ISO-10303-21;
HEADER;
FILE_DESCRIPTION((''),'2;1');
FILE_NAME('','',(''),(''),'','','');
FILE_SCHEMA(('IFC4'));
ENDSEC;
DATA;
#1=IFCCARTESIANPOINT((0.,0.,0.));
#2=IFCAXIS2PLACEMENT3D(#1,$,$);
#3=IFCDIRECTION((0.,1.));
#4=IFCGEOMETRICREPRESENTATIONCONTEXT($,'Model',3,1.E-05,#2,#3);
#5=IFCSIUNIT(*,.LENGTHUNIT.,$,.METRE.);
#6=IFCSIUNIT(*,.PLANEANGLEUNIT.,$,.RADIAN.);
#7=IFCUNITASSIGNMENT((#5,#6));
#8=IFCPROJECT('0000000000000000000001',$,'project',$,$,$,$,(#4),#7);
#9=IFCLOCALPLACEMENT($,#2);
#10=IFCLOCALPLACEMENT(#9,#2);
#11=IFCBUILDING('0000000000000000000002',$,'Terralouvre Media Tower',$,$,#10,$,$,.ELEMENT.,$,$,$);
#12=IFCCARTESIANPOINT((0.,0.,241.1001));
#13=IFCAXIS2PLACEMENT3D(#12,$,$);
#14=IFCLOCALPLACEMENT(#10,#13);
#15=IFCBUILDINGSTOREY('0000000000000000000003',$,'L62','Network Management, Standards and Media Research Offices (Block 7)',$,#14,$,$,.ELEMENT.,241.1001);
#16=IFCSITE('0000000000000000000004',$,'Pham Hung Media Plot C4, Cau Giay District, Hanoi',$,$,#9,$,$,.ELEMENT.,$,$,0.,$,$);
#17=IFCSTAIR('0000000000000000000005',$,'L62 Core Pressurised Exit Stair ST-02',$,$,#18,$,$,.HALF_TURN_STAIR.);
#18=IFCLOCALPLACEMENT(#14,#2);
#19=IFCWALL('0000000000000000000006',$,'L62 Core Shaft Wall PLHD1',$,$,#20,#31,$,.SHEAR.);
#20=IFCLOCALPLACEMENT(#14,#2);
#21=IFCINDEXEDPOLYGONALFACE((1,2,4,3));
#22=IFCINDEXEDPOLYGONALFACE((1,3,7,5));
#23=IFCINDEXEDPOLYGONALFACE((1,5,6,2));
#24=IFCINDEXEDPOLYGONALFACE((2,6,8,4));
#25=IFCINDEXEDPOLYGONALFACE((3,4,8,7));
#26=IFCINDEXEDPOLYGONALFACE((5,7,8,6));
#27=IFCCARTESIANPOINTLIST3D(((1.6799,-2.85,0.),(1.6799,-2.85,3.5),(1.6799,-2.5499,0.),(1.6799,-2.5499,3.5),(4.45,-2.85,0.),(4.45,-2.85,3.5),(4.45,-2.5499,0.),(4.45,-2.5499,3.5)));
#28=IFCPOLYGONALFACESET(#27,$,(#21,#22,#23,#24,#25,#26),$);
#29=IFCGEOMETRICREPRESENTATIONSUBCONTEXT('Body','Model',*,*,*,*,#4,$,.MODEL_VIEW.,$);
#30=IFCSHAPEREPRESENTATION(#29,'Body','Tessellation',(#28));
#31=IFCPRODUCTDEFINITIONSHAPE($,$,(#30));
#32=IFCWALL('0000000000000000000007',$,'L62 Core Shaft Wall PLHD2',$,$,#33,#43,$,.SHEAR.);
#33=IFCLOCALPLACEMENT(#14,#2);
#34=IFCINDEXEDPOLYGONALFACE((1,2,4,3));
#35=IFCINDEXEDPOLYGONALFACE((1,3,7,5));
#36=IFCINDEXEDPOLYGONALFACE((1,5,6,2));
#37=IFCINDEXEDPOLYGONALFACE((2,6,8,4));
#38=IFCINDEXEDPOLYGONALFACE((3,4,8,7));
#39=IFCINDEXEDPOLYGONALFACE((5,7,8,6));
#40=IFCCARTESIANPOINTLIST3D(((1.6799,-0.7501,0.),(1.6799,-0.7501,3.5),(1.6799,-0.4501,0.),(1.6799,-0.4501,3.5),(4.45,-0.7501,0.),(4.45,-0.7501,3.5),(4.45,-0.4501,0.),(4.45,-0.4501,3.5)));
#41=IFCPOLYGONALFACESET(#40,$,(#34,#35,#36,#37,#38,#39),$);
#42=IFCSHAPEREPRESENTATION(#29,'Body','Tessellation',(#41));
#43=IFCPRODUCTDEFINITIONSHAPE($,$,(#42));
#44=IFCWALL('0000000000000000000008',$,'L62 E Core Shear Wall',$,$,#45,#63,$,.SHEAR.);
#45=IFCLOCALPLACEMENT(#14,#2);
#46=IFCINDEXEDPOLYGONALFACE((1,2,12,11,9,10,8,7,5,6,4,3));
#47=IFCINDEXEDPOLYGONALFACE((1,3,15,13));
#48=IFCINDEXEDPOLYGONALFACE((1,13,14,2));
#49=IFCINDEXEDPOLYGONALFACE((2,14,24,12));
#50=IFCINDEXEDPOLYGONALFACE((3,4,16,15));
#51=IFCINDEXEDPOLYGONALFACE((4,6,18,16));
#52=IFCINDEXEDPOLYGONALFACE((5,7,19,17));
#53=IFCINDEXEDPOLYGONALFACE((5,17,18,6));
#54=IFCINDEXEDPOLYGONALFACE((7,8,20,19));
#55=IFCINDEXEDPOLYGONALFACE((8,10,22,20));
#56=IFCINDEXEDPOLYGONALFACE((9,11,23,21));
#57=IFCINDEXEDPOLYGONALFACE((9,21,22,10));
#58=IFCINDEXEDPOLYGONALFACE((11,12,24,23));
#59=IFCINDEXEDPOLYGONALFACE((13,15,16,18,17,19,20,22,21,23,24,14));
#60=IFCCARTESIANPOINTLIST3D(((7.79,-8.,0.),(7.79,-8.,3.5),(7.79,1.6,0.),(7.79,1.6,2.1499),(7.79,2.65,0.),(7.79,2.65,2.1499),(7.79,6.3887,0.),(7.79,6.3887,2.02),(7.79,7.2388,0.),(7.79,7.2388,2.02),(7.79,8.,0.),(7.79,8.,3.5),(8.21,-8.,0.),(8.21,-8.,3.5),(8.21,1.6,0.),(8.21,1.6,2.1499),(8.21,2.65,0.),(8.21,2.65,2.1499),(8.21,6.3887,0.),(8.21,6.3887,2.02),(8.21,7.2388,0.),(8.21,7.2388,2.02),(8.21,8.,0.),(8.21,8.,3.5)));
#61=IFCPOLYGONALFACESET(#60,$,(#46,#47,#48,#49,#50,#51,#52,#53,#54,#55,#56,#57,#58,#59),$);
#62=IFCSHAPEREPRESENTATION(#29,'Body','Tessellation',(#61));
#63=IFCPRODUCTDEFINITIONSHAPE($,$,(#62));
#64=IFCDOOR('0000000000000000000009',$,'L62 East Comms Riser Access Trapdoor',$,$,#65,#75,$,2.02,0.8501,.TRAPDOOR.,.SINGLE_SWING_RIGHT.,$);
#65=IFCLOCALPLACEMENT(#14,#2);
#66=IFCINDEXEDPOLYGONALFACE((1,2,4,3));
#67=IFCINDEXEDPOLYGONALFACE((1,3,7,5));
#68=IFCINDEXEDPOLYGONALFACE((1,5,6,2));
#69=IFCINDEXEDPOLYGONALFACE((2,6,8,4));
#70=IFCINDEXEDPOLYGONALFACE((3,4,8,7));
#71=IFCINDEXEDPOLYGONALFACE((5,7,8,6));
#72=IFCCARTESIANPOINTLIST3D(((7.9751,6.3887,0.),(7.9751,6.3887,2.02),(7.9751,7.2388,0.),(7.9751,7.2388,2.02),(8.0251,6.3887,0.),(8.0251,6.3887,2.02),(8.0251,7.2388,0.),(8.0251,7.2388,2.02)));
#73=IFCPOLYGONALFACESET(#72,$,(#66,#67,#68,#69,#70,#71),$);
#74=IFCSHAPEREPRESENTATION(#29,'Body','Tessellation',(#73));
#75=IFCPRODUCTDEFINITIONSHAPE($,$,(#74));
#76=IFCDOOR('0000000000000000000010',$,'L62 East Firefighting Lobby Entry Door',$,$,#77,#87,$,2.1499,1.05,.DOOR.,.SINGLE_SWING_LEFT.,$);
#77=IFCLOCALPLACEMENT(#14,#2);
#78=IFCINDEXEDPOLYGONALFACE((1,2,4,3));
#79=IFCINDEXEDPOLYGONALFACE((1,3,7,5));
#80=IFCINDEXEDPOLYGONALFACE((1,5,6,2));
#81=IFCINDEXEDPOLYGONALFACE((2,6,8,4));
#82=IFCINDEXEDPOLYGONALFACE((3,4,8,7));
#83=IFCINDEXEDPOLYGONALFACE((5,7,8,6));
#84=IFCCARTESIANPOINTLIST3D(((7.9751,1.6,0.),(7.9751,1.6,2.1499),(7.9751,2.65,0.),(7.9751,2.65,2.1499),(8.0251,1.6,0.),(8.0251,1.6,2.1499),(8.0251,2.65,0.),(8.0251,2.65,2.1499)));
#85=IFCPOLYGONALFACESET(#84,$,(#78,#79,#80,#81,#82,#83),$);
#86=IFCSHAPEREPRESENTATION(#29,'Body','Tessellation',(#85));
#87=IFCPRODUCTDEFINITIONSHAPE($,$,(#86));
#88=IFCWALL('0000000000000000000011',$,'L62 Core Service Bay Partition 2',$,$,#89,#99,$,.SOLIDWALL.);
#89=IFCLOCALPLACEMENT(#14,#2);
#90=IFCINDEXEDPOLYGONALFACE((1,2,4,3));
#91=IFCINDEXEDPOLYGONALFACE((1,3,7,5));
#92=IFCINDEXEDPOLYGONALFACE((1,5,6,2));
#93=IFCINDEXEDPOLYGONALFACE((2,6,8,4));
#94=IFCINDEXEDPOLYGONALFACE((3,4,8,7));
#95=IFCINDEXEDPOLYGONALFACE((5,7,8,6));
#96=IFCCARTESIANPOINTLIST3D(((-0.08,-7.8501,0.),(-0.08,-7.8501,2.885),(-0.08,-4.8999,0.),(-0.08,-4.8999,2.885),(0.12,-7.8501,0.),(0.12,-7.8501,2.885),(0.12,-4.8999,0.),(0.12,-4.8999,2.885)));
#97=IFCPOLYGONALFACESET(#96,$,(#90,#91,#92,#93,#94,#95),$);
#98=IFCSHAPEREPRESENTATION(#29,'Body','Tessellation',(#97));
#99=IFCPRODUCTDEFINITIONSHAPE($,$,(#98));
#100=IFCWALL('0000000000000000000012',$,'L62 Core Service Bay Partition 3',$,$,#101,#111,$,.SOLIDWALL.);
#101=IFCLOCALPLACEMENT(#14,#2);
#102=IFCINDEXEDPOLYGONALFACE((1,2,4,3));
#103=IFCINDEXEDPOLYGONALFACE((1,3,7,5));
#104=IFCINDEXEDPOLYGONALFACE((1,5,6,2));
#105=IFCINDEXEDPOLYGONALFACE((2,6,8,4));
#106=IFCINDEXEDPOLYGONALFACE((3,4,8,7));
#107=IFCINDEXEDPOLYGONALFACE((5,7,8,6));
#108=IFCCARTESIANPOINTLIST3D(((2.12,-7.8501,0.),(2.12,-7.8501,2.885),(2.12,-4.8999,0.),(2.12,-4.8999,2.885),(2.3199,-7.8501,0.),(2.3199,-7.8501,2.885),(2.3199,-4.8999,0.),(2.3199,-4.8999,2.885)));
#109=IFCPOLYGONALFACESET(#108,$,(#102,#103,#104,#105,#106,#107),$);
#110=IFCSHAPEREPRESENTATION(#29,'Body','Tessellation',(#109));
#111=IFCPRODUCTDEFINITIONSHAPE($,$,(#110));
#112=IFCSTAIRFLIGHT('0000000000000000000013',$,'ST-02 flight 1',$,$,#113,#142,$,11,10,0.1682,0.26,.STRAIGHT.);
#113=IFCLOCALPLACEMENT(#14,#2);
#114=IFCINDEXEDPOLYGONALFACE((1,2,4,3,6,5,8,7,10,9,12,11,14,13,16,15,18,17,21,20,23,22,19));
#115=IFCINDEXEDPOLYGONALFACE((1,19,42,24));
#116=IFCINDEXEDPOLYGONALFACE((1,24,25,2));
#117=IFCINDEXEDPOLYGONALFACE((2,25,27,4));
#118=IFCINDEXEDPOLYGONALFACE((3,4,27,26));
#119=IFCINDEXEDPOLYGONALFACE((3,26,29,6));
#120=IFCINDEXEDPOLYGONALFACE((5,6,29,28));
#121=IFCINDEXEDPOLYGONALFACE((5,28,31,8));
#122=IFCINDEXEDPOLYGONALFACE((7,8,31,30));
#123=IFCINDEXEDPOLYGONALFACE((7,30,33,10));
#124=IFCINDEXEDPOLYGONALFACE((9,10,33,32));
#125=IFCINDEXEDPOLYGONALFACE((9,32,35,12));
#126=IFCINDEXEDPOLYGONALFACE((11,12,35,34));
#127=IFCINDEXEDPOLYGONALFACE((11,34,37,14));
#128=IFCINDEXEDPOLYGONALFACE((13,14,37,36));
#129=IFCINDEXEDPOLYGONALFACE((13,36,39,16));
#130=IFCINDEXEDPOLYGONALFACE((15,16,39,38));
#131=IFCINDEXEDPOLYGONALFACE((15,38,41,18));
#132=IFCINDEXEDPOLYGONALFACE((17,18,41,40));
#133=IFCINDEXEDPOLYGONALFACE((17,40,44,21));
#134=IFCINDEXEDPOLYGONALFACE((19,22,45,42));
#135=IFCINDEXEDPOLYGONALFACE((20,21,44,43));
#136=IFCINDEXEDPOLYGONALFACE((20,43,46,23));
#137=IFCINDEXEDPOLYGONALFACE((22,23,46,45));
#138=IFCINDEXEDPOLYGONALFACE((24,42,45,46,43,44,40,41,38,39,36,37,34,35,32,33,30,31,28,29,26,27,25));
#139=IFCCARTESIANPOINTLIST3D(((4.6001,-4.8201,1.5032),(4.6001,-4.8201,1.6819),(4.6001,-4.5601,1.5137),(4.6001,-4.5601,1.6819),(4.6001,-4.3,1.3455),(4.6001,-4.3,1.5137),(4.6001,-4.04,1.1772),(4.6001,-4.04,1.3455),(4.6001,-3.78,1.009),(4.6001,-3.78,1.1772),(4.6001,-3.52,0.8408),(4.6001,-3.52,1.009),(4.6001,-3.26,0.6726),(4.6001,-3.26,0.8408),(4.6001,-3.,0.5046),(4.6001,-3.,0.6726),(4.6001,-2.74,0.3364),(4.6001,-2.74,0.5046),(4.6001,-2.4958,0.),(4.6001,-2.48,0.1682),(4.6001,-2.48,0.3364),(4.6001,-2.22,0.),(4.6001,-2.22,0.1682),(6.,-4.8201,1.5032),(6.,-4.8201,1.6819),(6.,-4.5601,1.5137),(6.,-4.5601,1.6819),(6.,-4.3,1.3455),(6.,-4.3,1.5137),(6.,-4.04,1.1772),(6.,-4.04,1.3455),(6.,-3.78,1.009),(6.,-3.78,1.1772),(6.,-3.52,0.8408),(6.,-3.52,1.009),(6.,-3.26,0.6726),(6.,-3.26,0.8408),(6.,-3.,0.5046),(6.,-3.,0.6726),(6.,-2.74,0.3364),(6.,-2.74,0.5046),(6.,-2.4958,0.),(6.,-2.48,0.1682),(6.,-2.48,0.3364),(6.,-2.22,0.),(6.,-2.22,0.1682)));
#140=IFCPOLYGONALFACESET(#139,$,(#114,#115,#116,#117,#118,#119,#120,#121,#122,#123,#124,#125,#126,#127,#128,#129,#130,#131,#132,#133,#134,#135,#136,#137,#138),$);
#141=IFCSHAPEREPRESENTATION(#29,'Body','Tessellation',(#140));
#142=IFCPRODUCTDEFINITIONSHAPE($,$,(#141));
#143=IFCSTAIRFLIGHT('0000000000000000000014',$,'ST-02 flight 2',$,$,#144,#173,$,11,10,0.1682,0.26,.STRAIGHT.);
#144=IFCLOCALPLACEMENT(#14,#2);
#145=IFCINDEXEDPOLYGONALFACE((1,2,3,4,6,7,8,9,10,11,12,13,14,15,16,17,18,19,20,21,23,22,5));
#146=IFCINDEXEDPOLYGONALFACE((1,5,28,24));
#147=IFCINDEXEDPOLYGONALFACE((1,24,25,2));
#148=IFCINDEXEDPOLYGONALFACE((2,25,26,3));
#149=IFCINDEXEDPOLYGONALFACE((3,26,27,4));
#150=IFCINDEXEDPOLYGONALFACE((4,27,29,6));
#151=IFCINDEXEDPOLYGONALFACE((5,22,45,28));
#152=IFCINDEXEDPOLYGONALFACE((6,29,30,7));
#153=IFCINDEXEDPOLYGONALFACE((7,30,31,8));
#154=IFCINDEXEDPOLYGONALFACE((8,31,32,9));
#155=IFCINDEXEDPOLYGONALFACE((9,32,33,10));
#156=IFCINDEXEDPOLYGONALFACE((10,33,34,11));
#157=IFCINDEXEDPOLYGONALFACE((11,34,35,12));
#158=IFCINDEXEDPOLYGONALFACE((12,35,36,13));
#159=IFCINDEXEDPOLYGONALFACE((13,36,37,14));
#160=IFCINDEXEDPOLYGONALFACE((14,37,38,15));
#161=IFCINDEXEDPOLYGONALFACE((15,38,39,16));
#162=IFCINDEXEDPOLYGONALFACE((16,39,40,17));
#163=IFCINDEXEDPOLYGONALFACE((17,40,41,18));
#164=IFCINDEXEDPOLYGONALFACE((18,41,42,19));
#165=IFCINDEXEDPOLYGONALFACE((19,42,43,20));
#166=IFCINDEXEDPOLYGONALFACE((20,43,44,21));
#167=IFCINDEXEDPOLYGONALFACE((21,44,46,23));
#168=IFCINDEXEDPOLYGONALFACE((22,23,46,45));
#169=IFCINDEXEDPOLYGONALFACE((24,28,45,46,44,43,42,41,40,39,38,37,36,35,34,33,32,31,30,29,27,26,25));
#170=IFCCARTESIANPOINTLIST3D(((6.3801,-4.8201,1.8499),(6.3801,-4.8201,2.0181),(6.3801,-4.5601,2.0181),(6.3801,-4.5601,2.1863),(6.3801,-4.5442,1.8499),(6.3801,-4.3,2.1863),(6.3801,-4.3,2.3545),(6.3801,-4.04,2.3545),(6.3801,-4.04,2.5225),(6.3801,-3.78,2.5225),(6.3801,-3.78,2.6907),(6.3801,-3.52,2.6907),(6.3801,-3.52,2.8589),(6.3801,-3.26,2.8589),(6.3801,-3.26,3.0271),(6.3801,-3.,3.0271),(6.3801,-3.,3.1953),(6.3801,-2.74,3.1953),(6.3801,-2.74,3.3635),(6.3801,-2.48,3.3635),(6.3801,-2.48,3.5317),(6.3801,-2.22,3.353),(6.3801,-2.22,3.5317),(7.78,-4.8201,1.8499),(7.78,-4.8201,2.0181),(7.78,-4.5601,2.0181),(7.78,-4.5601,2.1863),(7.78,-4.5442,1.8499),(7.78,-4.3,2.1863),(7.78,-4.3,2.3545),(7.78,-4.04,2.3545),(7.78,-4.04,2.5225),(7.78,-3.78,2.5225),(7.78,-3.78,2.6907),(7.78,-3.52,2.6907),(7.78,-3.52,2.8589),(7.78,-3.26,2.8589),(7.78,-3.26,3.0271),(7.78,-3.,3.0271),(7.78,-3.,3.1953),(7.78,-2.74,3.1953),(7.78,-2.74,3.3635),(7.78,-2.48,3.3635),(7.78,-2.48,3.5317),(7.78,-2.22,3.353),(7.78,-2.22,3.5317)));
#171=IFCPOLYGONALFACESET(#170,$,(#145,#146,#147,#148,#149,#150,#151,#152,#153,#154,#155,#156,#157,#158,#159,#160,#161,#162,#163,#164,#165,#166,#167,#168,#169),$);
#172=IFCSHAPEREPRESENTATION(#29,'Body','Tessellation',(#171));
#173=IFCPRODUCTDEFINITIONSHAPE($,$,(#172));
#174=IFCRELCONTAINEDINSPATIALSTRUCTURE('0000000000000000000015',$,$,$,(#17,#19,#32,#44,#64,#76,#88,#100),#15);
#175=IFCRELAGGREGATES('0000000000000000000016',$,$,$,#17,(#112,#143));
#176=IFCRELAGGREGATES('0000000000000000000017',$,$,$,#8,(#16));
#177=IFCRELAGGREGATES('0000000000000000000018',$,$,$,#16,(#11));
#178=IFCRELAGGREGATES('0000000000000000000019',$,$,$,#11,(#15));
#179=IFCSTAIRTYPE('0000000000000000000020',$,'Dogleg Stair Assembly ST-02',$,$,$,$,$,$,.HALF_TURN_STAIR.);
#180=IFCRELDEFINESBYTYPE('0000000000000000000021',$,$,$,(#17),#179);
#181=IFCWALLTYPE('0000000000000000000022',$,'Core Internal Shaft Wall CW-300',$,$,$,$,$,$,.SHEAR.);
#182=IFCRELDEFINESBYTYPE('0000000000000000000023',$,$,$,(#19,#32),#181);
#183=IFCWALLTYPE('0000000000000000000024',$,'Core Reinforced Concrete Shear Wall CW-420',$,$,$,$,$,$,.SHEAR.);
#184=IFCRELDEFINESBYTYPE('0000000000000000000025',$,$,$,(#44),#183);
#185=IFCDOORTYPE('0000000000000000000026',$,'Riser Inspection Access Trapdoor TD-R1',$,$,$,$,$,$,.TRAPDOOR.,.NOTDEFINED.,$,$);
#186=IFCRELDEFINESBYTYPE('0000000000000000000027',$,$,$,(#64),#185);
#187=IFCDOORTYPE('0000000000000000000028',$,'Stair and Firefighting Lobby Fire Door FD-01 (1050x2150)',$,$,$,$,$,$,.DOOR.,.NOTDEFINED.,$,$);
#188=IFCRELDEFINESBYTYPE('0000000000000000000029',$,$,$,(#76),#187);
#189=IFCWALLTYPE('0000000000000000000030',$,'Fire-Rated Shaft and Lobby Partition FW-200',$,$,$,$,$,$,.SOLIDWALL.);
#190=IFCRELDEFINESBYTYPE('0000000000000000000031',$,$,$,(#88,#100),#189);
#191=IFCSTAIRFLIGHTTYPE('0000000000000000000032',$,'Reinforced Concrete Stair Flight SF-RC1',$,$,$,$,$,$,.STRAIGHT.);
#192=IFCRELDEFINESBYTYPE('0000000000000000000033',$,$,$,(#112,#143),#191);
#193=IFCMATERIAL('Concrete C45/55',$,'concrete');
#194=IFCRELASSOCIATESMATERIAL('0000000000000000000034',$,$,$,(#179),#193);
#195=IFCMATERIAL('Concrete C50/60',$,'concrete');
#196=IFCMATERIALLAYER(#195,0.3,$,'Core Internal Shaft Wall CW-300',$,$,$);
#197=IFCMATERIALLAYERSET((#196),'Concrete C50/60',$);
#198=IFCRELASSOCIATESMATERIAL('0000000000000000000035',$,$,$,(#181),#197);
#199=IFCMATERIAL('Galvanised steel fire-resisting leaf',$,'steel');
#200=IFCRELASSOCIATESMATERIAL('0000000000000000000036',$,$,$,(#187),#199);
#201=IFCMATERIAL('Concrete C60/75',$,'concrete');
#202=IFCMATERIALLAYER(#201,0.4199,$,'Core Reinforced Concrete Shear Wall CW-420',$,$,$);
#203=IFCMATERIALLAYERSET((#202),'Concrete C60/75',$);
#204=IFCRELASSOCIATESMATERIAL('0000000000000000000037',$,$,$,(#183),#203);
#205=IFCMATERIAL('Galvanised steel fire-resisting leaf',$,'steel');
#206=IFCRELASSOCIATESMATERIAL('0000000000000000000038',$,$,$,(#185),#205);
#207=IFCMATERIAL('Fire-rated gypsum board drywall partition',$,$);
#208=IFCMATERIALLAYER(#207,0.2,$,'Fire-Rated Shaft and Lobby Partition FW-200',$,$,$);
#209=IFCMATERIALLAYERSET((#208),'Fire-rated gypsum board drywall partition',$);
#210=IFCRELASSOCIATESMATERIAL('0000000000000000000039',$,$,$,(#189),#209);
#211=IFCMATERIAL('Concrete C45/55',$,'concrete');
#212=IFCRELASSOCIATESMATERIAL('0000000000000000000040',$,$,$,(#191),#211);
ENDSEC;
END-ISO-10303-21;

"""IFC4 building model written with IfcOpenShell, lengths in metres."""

from ifc_helpers import new_model, si_unit, direction, frame, frame_2d, origin, place, context, subcontext, project, spatial, polyline, rectangle, outline, extrude, material, layer, layer_set, type_object, element, fill, aggregate, save


model = new_model("IFC4")

# Units and contexts
model_context = context("Model", 3, precision=1e-05, world=origin(), true_north=direction((0.0, 1.0)))
body_context = subcontext(model_context, "Body", "Model", "MODEL_VIEW")
ifc_project = project(units=[si_unit("LENGTHUNIT", "METRE"), si_unit("PLANEANGLEUNIT", "RADIAN")], contexts=[model_context])

# Site, building, storey
site_placement = place(None, origin())
site = spatial("IfcSite", under=ifc_project, at=site_placement, Name="Pham Hung Media Plot C4, Cau Giay District, Hanoi", CompositionType="ELEMENT", RefElevation=0.0)
building_placement = place(site_placement, origin())
building = spatial("IfcBuilding", under=site, at=building_placement, Name="Terralouvre Media Tower", CompositionType="ELEMENT")
storey_placement = place(building_placement, frame((0.0, 0.0, 241.1001)))
storey = spatial("IfcBuildingStorey", under=building, at=storey_placement, Name="L62", Description="Network Management, Standards and Media Research Offices (Block 7)", CompositionType="ELEMENT", Elevation=241.1001)

# Stair
ifc_material_1 = material(Name="Concrete C45/55", Category="concrete")
stair_type_1 = type_object("IfcStairType", Name="Dogleg Stair Assembly ST-02", PredefinedType="HALF_TURN_STAIR", material=ifc_material_1)
stair_1_placement = place(storey_placement, origin())
stair_1 = element("IfcStair", 1, at=stair_1_placement, inside=storey, type_object=stair_type_1, Name="L62 Core Pressurised Exit Stair ST-02", PredefinedType="HALF_TURN_STAIR")

# Shared definitions
ifc_material_2 = material(Name="Concrete C50/60", Category="concrete")
ifc_layer_1 = layer(ifc_material_2, 0.3, Name="Core Internal Shaft Wall CW-300")
ifc_layer_set_1 = layer_set([ifc_layer_1], Name="Concrete C50/60")
wall_type_1 = type_object("IfcWallType", Name="Core Internal Shaft Wall CW-300", PredefinedType="SHEAR", material=ifc_layer_set_1)

# Shared definitions
ifc_material_3 = material(Name="Galvanised steel fire-resisting leaf", Category="steel")
door_type_1 = type_object("IfcDoorType", Name="Stair and Firefighting Lobby Fire Door FD-01 (1050x2150)", OperationType="NOTDEFINED", PredefinedType="DOOR", material=ifc_material_3)

# Walls
for number, where, z_axis, x_axis, name in (
    (2, (1.6799, -2.7, 0.0), (0.0, 0.0, 1.0), (1.0, 0.0, 0.0), "L62 Core Shaft Wall PLHD1"),
    (3, (1.6799, -0.6001, 0.0), (0.0, 0.0, 1.0), (1.0, 0.0, 0.0), "L62 Core Shaft Wall PLHD2"),
):
    element("IfcWall", number, at=place(storey_placement, frame(where, z_axis=z_axis, x_axis=x_axis)), inside=storey, type_object=wall_type_1, Name=name, PredefinedType="SHEAR", context=body_context, shape_type="SweptSolid", body=[
        extrude(rectangle(XDim=2.77, YDim=0.3, at=frame_2d((1.385, 0.0))), origin(), (0.0, 0.0, 1.0), 3.5),
    ])

# Wall, openings, doors
ifc_material_4 = material(Name="Concrete C60/75", Category="concrete")
ifc_layer_2 = layer(ifc_material_4, 0.4199, Name="Core Reinforced Concrete Shear Wall CW-420")
ifc_layer_set_2 = layer_set([ifc_layer_2], Name="Concrete C60/75")
wall_type_2 = type_object("IfcWallType", Name="Core Reinforced Concrete Shear Wall CW-420", PredefinedType="SHEAR", material=ifc_layer_set_2)
wall_1_placement = place(storey_placement, frame((8.0, -8.0, 0.0), z_axis=(0.0, 0.0, 1.0), x_axis=(0.0, 1.0, 0.0)))
wall_1 = element("IfcWall", 4, at=wall_1_placement, inside=storey, type_object=wall_type_2, Name="L62 E Core Shear Wall", PredefinedType="SHEAR", context=body_context, shape_type="SweptSolid", body=[
    extrude(rectangle(XDim=16.0, YDim=0.4199, at=frame_2d((8.0, 0.0))), origin(), (0.0, 0.0, 1.0), 3.5),
])
opening_1_placement = place(wall_1_placement, frame((9.6001, 0.0, 0.0)))
opening_1 = element("IfcOpeningElement", 5, at=opening_1_placement, cuts=wall_1, PredefinedType="OPENING", context=body_context, shape_type="SweptSolid", body=[
    extrude(rectangle(XDim=1.05, YDim=2.1499, at=frame_2d((0.5249, 1.075))), frame((0.0, 0.22, 0.0), z_axis=(0.0, -1.0, 0.0), x_axis=(1.0, 0.0, 0.0)), (0.0, 0.0, 1.0), 0.4399),
])
opening_2_placement = place(wall_1_placement, frame((14.3887, 0.0, 0.0)))
opening_2 = element("IfcOpeningElement", 6, at=opening_2_placement, cuts=wall_1, PredefinedType="OPENING", context=body_context, shape_type="SweptSolid", body=[
    extrude(rectangle(XDim=0.8501, YDim=2.02, at=frame_2d((0.425, 1.01))), frame((0.0, 0.22, 0.0), z_axis=(0.0, -1.0, 0.0), x_axis=(1.0, 0.0, 0.0)), (0.0, 0.0, 1.0), 0.4399),
])
ifc_material_5 = material(Name="Galvanised steel fire-resisting leaf", Category="steel")
door_type_2 = type_object("IfcDoorType", Name="Riser Inspection Access Trapdoor TD-R1", OperationType="NOTDEFINED", PredefinedType="TRAPDOOR", material=ifc_material_5)
door_1_placement = place(opening_2_placement, origin())
door_1 = element("IfcDoor", 7, at=door_1_placement, inside=storey, type_object=door_type_2, Name="L62 East Comms Riser Access Trapdoor", OperationType="SINGLE_SWING_RIGHT", OverallHeight=2.02, OverallWidth=0.8501, PredefinedType="TRAPDOOR", context=body_context, shape_type="SweptSolid", body=[
    extrude(rectangle(XDim=0.8501, YDim=2.02, at=frame_2d((0.425, 1.01))), frame((0.0, 0.0249, 0.0), z_axis=(0.0, -1.0, 0.0), x_axis=(1.0, 0.0, 0.0)), (0.0, 0.0, 1.0), 0.05),
])
fill(opening_2, door_1)
door_2_placement = place(opening_1_placement, origin())
door_2 = element("IfcDoor", 8, at=door_2_placement, inside=storey, type_object=door_type_1, Name="L62 East Firefighting Lobby Entry Door", OperationType="SINGLE_SWING_LEFT", OverallHeight=2.1499, OverallWidth=1.05, PredefinedType="DOOR", context=body_context, shape_type="SweptSolid", body=[
    extrude(rectangle(XDim=1.05, YDim=2.1499, at=frame_2d((0.5249, 1.075))), frame((0.0, 0.0249, 0.0), z_axis=(0.0, -1.0, 0.0), x_axis=(1.0, 0.0, 0.0)), (0.0, 0.0, 1.0), 0.05),
])
fill(opening_1, door_2)

# Walls
ifc_material_6 = material(Name="Fire-rated gypsum board drywall partition")
ifc_layer_3 = layer(ifc_material_6, 0.2, Name="Fire-Rated Shaft and Lobby Partition FW-200")
ifc_layer_set_3 = layer_set([ifc_layer_3], Name="Fire-rated gypsum board drywall partition")
wall_type_3 = type_object("IfcWallType", Name="Fire-Rated Shaft and Lobby Partition FW-200", PredefinedType="SOLIDWALL", material=ifc_layer_set_3)
for number, where, z_axis, x_axis, name in (
    (9, (0.02, -7.8501, 0.0), (0.0, 0.0, 1.0), (0.0, 1.0, 0.0), "L62 Core Service Bay Partition 2"),
    (10, (2.22, -7.8501, 0.0), (0.0, 0.0, 1.0), (0.0, 1.0, 0.0), "L62 Core Service Bay Partition 3"),
):
    element("IfcWall", number, at=place(storey_placement, frame(where, z_axis=z_axis, x_axis=x_axis)), inside=storey, type_object=wall_type_3, Name=name, PredefinedType="SOLIDWALL", context=body_context, shape_type="SweptSolid", body=[
        extrude(rectangle(XDim=2.9502, YDim=0.2, at=frame_2d((1.4751, 0.0))), origin(), (0.0, 0.0, 1.0), 2.885),
    ])

# Stair flights
ifc_material_7 = material(Name="Concrete C45/55", Category="concrete")
stair_flight_type = type_object("IfcStairFlightType", Name="Reinforced Concrete Stair Flight SF-RC1", PredefinedType="STRAIGHT", material=ifc_material_7)
stair_flight_1_placement = place(storey_placement, frame((5.3, -2.22, 0.0), z_axis=(0.0, 0.0, 1.0), x_axis=(0.0, -1.0, 0.0)))
stair_flight_1 = element("IfcStairFlight", 11, at=stair_flight_1_placement, type_object=stair_flight_type, Name="ST-02 flight 1", NumberOfRisers=11, NumberOfTreads=10, PredefinedType="STRAIGHT", RiserHeight=0.1682, TreadLength=0.26, context=body_context, shape_type="SweptSolid", body=[
    extrude(outline(polyline([(0.0, 0.0), (0.0, 0.1682), (0.26, 0.1682), (0.26, 0.3364), (0.52, 0.3364), (0.52, 0.5046), (0.78, 0.5046), (0.78, 0.6726), (1.04, 0.6726), (1.04, 0.8408), (1.3, 0.8408), (1.3, 1.009), (1.5601, 1.009), (1.5601, 1.1772), (1.8201, 1.1772), (1.8201, 1.3455), (2.0801, 1.3455), (2.0801, 1.5137), (2.3401, 1.5137), (2.3401, 1.6819), (2.6001, 1.6819), (2.6001, 1.8501), (2.6001, 1.5032), (0.2759, 0.0), (0.0, 0.0)])), frame((0.0, 0.7, 0.0), z_axis=(0.0, -1.0, 0.0), x_axis=(1.0, 0.0, 0.0)), (0.0, 0.0, 1.0), 1.3999),
])
stair_flight_2_placement = place(storey_placement, frame((7.0801, -4.8201, 1.8499), z_axis=(0.0, 0.0, 1.0), x_axis=(0.0, 1.0, 0.0)))
stair_flight_2 = element("IfcStairFlight", 12, at=stair_flight_2_placement, type_object=stair_flight_type, Name="ST-02 flight 2", NumberOfRisers=11, NumberOfTreads=10, PredefinedType="STRAIGHT", RiserHeight=0.1682, TreadLength=0.26, context=body_context, shape_type="SweptSolid", body=[
    extrude(outline(polyline([(0.0, 0.0), (0.0, 0.1682), (0.26, 0.1682), (0.26, 0.3364), (0.52, 0.3364), (0.52, 0.5046), (0.78, 0.5046), (0.78, 0.6726), (1.04, 0.6726), (1.04, 0.8408), (1.3, 0.8408), (1.3, 1.009), (1.5601, 1.009), (1.5601, 1.1772), (1.8201, 1.1772), (1.8201, 1.3455), (2.0801, 1.3455), (2.0801, 1.5137), (2.3401, 1.5137), (2.3401, 1.6819), (2.6001, 1.6819), (2.6001, 1.8501), (2.6001, 1.5032), (0.2759, 0.0), (0.0, 0.0)])), frame((0.0, 0.7, 0.0), z_axis=(0.0, -1.0, 0.0), x_axis=(1.0, 0.0, 0.0)), (0.0, 0.0, 1.0), 1.3999),
])
aggregate(stair_1, [stair_flight_1, stair_flight_2])

save(model, "model.ifc")
